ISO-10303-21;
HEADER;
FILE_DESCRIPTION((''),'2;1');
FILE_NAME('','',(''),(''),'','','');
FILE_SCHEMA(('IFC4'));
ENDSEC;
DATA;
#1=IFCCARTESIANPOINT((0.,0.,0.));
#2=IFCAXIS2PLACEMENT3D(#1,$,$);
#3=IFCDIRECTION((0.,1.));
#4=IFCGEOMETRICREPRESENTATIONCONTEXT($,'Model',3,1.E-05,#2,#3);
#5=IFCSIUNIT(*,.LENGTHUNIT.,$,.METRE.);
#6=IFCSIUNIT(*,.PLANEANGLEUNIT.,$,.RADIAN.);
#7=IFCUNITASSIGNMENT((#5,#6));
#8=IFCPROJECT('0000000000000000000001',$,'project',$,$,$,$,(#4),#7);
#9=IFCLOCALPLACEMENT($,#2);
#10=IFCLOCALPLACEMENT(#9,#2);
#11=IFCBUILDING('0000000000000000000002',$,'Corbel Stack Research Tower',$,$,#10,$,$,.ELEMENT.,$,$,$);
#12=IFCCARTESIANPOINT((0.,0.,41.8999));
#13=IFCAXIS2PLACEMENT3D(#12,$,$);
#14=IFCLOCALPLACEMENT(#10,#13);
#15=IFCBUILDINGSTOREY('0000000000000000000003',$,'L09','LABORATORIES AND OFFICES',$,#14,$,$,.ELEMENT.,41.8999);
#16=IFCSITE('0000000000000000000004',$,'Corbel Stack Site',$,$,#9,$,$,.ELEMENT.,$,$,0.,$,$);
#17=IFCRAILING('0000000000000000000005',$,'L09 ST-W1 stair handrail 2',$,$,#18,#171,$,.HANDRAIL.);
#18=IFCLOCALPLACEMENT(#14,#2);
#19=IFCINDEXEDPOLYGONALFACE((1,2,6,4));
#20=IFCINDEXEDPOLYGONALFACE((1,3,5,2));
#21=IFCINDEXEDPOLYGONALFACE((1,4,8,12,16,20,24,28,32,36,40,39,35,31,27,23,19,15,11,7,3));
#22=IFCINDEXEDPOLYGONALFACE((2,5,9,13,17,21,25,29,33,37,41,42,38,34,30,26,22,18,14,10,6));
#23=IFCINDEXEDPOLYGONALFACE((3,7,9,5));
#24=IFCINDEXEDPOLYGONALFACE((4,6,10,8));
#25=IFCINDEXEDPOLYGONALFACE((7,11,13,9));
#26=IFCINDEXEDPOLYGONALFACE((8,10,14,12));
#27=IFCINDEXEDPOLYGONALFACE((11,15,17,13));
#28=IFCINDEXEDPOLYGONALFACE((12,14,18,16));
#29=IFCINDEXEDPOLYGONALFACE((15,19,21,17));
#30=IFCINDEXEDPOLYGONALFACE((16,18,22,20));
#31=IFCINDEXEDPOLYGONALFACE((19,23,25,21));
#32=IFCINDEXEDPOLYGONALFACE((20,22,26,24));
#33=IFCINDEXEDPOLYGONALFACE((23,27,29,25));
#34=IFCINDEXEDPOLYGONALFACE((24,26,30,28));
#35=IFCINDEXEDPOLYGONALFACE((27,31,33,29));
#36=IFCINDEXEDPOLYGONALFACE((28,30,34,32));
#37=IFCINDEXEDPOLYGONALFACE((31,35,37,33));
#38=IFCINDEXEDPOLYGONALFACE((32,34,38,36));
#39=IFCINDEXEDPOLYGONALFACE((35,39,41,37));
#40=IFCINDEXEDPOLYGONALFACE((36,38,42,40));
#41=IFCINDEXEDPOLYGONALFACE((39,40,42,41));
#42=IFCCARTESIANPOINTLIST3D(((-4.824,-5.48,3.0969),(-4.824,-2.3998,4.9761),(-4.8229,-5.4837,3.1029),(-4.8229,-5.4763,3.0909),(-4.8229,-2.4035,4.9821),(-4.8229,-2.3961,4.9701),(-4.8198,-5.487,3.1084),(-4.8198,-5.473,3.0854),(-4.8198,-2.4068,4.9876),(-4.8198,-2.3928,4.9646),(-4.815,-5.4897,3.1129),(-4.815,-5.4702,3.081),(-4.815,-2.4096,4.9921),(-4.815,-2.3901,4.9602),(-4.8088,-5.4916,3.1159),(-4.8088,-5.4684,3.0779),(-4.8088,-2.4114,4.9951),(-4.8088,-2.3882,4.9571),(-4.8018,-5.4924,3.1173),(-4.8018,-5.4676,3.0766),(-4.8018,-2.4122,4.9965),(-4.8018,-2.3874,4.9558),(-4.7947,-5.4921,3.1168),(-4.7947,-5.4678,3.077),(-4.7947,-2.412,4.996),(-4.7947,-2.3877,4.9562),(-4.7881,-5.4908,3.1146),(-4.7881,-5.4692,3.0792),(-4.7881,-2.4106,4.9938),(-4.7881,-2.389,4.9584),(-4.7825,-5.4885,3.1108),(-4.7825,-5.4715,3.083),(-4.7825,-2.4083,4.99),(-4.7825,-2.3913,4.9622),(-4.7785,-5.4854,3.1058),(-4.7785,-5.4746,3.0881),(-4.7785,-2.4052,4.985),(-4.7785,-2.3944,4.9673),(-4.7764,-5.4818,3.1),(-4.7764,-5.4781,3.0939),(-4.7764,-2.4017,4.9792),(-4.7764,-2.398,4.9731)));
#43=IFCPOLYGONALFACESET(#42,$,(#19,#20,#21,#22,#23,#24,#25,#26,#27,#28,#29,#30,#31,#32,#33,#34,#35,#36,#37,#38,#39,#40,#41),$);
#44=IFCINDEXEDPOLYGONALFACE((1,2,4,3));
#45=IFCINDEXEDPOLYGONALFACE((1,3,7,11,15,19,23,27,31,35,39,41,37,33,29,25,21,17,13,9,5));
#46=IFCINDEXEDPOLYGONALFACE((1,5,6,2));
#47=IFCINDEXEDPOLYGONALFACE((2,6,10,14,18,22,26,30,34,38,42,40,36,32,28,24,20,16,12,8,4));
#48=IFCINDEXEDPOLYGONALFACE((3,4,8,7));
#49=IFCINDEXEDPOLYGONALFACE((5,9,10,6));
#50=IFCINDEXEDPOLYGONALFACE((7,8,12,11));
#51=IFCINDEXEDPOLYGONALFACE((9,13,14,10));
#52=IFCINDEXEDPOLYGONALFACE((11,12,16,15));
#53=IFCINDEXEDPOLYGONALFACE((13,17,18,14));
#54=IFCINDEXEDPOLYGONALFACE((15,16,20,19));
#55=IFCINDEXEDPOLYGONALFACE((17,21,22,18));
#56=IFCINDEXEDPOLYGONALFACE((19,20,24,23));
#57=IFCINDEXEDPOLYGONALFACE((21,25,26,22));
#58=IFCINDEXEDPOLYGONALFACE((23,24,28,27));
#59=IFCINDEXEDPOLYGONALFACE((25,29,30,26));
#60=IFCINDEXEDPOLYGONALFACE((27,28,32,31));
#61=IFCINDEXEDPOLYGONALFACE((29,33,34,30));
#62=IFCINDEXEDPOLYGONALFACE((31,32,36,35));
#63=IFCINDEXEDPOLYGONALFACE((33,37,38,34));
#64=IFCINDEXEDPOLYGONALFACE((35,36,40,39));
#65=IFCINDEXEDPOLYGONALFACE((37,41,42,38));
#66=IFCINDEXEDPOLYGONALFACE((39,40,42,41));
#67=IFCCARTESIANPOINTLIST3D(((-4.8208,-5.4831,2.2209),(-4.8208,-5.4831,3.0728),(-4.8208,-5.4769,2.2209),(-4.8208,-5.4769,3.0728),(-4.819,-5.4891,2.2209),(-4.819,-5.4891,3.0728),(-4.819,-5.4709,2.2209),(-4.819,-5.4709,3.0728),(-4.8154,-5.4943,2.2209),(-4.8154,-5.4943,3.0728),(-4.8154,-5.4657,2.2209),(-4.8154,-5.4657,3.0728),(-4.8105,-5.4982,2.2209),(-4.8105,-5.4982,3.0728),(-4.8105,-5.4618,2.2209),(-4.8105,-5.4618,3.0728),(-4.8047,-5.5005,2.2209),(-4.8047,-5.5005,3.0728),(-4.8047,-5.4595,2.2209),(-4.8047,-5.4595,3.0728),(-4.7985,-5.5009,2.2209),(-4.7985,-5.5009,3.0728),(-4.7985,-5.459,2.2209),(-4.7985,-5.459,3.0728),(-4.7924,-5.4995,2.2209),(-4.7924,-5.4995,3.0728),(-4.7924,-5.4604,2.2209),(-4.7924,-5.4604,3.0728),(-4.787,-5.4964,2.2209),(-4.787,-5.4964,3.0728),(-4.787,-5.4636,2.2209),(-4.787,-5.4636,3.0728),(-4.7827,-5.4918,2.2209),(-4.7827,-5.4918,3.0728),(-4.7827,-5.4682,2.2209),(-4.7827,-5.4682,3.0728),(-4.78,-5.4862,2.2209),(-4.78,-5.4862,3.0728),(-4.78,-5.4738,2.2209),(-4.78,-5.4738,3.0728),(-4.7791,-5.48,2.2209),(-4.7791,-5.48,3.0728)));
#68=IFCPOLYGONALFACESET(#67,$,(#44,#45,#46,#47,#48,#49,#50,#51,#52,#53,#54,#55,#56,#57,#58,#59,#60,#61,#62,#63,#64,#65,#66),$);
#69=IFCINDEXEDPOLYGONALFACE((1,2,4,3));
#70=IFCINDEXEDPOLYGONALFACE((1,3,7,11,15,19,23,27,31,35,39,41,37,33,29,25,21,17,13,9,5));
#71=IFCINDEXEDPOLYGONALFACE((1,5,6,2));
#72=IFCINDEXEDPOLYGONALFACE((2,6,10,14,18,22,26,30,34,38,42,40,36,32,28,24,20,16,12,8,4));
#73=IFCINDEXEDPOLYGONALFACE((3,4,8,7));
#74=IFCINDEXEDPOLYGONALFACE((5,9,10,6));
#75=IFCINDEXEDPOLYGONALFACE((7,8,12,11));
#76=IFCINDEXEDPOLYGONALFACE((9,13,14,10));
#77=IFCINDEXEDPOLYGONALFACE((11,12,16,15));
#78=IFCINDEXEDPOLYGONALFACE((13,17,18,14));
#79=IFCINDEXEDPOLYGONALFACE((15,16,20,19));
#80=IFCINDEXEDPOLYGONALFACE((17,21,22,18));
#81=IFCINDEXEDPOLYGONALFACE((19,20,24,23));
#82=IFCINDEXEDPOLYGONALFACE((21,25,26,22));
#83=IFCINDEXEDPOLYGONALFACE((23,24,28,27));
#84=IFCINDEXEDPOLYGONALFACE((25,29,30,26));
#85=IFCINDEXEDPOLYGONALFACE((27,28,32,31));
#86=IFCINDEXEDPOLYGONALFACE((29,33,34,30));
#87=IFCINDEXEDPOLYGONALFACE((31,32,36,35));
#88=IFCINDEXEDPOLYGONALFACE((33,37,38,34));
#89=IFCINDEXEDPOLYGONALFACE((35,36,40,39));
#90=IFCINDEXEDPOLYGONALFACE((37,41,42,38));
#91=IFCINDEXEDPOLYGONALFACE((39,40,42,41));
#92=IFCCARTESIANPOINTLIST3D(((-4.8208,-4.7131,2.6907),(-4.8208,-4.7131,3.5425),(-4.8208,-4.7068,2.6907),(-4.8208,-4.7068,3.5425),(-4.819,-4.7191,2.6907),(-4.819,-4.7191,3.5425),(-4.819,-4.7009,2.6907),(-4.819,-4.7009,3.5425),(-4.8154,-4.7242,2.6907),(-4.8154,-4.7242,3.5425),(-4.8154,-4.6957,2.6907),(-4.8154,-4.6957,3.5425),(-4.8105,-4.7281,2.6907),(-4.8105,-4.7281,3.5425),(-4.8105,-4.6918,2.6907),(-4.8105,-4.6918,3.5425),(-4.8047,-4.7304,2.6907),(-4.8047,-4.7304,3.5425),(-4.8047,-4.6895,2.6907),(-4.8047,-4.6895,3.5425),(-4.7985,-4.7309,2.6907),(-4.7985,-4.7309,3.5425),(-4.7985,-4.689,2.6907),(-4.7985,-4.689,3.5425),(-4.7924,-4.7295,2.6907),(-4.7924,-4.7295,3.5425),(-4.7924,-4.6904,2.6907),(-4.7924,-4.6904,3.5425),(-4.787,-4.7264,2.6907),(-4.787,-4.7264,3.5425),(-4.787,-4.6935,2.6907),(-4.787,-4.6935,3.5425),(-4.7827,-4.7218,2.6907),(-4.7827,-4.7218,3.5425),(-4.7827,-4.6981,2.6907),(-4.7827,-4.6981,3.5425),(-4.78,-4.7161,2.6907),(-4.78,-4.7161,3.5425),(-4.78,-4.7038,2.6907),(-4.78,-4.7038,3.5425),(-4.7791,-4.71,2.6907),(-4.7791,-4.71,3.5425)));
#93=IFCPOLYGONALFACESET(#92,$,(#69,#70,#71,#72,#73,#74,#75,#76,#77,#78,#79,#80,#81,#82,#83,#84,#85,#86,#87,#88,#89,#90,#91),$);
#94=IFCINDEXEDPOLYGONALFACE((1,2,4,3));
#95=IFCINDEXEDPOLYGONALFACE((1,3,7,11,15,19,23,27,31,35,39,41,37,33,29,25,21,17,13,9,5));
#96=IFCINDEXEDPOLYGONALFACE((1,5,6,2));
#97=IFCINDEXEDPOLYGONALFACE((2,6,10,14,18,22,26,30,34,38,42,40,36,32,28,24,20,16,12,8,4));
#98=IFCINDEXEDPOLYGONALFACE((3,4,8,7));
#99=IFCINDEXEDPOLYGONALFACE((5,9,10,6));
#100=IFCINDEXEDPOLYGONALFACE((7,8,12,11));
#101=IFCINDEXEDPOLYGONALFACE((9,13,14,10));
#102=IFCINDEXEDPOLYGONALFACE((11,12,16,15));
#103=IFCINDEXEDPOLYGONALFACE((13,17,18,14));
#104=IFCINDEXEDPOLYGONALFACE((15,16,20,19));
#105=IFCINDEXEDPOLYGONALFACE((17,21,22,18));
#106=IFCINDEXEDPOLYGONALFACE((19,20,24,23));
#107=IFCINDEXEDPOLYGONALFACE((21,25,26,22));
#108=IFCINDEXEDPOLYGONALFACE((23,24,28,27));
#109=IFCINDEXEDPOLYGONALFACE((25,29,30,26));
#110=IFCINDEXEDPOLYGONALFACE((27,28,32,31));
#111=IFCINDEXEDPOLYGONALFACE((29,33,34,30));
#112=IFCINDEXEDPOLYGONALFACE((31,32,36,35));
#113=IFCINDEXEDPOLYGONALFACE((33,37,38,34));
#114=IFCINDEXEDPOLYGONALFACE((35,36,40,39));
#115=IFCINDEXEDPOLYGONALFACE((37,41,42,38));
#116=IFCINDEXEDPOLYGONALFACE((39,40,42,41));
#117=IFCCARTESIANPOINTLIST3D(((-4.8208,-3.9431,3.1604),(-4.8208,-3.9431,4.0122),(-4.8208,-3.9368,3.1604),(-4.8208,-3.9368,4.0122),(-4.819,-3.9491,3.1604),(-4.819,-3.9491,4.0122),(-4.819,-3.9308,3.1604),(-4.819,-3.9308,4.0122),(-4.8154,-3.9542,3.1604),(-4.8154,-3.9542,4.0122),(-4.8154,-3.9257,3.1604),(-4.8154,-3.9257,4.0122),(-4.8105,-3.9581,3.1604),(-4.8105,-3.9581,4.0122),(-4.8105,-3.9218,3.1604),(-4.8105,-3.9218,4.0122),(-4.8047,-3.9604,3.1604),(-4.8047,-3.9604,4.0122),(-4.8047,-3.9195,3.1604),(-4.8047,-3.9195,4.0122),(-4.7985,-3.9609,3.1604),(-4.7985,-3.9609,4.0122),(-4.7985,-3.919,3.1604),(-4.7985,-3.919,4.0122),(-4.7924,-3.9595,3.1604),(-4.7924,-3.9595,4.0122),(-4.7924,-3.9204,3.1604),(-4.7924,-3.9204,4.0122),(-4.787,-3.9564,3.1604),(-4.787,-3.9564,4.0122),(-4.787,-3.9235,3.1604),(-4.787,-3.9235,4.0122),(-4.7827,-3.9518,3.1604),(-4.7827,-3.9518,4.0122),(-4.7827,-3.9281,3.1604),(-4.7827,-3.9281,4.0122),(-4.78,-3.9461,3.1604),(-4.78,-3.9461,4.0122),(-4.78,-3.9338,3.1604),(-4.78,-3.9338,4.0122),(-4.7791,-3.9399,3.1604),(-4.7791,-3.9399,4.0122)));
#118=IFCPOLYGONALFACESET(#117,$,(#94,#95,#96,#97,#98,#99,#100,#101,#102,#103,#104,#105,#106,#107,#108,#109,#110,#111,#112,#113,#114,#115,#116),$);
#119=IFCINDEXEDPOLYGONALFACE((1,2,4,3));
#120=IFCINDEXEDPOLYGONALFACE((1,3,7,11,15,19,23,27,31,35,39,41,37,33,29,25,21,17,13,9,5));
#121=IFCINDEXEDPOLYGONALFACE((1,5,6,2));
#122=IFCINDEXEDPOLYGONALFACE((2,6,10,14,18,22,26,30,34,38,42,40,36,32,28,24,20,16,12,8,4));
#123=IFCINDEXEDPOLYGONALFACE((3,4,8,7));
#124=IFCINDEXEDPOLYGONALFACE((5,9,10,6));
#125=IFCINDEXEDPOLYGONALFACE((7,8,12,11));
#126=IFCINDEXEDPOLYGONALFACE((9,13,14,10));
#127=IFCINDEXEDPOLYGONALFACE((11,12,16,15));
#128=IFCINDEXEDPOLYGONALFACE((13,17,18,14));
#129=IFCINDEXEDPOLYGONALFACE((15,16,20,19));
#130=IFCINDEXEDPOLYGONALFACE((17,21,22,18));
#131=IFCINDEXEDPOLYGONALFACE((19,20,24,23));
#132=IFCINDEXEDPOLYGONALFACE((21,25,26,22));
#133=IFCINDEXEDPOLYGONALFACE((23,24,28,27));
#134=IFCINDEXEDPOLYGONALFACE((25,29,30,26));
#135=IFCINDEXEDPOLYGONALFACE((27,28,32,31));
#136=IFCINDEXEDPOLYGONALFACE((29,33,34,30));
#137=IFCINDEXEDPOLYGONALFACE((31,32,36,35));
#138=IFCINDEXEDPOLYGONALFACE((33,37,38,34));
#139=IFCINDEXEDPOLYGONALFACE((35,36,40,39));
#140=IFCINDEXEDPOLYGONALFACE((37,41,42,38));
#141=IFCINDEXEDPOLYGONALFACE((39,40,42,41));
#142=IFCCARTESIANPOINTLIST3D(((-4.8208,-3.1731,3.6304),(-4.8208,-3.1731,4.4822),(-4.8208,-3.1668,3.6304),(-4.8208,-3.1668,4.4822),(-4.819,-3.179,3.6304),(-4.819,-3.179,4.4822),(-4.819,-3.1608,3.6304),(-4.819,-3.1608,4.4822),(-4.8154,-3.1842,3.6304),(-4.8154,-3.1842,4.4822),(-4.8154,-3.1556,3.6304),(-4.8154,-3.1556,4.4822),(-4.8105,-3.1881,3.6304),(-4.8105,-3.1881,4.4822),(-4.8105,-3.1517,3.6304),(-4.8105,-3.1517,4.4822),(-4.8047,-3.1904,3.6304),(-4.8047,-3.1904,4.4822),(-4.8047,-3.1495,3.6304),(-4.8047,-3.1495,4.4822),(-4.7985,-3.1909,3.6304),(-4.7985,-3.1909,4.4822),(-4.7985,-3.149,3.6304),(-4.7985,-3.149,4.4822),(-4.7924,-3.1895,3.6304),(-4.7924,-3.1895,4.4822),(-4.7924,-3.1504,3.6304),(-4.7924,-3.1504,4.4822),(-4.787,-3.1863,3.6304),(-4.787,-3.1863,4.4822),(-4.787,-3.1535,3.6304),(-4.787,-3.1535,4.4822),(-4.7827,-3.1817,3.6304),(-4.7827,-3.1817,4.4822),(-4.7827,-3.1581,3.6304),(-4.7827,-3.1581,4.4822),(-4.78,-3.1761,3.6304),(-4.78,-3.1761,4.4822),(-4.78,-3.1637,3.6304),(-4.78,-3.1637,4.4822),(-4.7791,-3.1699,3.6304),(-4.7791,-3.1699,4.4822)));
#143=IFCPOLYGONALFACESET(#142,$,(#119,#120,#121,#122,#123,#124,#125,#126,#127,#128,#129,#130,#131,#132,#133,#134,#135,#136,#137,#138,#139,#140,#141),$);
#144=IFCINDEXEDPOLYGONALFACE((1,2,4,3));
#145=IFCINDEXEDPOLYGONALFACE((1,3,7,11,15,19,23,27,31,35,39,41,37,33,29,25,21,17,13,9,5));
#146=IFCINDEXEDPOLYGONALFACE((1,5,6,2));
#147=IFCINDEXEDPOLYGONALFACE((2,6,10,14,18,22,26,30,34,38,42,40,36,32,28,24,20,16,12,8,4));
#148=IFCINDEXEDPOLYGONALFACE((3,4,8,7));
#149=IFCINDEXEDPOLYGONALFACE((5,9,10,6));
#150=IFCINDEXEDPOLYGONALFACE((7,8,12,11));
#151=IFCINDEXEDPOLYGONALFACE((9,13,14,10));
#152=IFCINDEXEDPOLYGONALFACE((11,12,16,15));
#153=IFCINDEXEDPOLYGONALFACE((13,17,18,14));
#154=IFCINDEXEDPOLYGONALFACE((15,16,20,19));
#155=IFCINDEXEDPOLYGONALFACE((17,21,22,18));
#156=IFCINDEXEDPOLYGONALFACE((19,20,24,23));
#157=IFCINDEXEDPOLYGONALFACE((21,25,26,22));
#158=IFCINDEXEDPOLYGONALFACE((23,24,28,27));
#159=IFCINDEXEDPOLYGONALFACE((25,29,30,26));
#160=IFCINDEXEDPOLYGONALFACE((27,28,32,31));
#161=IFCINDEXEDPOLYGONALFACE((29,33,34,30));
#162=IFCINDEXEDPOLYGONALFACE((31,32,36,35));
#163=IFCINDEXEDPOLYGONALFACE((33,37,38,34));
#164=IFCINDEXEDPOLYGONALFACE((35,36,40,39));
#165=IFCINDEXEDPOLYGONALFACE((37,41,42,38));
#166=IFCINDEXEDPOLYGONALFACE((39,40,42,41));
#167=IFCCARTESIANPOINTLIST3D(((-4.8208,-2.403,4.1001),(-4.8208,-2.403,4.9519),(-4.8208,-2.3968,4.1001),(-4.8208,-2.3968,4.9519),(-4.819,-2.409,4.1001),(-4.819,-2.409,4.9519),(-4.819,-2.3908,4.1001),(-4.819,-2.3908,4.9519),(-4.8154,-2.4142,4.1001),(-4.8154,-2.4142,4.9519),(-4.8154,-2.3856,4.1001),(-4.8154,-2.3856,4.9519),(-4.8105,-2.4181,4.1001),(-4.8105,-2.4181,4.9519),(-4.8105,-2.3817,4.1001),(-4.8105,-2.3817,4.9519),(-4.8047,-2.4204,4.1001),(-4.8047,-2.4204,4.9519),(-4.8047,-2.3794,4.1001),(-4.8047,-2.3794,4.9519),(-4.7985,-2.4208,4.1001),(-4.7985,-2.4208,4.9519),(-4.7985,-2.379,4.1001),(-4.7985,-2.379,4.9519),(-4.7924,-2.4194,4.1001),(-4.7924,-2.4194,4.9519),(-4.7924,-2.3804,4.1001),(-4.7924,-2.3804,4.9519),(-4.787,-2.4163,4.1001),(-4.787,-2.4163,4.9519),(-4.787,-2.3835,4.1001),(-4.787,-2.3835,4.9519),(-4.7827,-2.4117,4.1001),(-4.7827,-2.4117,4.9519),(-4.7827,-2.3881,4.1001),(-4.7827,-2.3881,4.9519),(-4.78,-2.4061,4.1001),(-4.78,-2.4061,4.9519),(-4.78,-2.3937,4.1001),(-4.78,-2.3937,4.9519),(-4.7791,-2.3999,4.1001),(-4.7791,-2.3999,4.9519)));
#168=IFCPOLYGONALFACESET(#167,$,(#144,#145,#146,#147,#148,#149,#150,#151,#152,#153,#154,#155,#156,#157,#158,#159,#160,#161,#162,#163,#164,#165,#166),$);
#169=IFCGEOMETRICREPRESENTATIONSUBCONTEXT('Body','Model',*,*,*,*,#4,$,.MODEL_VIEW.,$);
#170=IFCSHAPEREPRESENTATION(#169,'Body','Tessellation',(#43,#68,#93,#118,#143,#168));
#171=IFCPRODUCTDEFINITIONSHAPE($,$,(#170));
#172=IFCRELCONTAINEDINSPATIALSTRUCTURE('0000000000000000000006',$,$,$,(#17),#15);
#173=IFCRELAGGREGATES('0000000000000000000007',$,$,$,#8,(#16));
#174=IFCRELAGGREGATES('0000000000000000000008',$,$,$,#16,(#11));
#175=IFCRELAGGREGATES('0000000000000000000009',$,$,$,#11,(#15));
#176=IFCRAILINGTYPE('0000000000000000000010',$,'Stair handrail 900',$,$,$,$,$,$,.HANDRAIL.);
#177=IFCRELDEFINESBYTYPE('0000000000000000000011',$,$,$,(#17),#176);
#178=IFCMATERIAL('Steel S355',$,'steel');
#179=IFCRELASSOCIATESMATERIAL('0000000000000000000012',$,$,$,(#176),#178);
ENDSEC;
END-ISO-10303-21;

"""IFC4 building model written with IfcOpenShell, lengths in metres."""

from ifc_helpers import new_model, si_unit, direction, frame, origin, origin_2d, place, context, subcontext, project, spatial, circle, extrude, material, type_object, element, save


model = new_model("IFC4")

# Units and contexts
model_context = context("Model", 3, precision=1e-05, world=origin(), true_north=direction((0.0, 1.0)))
body_context = subcontext(model_context, "Body", "Model", "MODEL_VIEW")
ifc_project = project(units=[si_unit("LENGTHUNIT", "METRE"), si_unit("PLANEANGLEUNIT", "RADIAN")], contexts=[model_context])

# Site, building, storey
site_placement = place(None, origin())
site = spatial("IfcSite", under=ifc_project, at=site_placement, Name="Corbel Stack Site", CompositionType="ELEMENT", RefElevation=0.0)
building_placement = place(site_placement, origin())
building = spatial("IfcBuilding", under=site, at=building_placement, Name="Corbel Stack Research Tower", CompositionType="ELEMENT")
storey_placement = place(building_placement, frame((0.0, 0.0, 41.8999)))
storey = spatial("IfcBuildingStorey", under=building, at=storey_placement, Name="L09", Description="LABORATORIES AND OFFICES", CompositionType="ELEMENT", Elevation=41.8999)

# Railing
ifc_material_1 = material(Name="Steel S355", Category="steel")
railing_type_1 = type_object("IfcRailingType", Name="Stair handrail 900", PredefinedType="HANDRAIL", material=ifc_material_1)
railing_1_placement = place(storey_placement, frame((-4.8, -5.48, 2.2209)))
element("IfcRailing", 1, at=railing_1_placement, inside=storey, type_object=railing_type_1, Name="L09 ST-W1 stair handrail 2", PredefinedType="HANDRAIL", context=body_context, shape_type="SweptSolid", body=[
    extrude(circle(Radius=0.0239, at=origin_2d()), frame((0.0, 0.0, 0.876), z_axis=(0.0, 0.853666, 0.52082), x_axis=(-1.0, 0.0, 0.0)), (0.0, 0.0, 1.0), 3.6082),
    extrude(circle(Radius=0.021, at=origin_2d()), origin(), (0.0, 0.0, 1.0), 0.8518),
    extrude(circle(Radius=0.021, at=origin_2d()), frame((0.0, 0.77, 0.4697)), (0.0, 0.0, 1.0), 0.8518),
    extrude(circle(Radius=0.021, at=origin_2d()), frame((0.0, 1.54, 0.9395)), (0.0, 0.0, 1.0), 0.8518),
    extrude(circle(Radius=0.021, at=origin_2d()), frame((0.0, 2.3101, 1.4094)), (0.0, 0.0, 1.0), 0.8518),
    extrude(circle(Radius=0.021, at=origin_2d()), frame((0.0, 3.0801, 1.8792)), (0.0, 0.0, 1.0), 0.8518),
])

save(model, "model.ifc")
